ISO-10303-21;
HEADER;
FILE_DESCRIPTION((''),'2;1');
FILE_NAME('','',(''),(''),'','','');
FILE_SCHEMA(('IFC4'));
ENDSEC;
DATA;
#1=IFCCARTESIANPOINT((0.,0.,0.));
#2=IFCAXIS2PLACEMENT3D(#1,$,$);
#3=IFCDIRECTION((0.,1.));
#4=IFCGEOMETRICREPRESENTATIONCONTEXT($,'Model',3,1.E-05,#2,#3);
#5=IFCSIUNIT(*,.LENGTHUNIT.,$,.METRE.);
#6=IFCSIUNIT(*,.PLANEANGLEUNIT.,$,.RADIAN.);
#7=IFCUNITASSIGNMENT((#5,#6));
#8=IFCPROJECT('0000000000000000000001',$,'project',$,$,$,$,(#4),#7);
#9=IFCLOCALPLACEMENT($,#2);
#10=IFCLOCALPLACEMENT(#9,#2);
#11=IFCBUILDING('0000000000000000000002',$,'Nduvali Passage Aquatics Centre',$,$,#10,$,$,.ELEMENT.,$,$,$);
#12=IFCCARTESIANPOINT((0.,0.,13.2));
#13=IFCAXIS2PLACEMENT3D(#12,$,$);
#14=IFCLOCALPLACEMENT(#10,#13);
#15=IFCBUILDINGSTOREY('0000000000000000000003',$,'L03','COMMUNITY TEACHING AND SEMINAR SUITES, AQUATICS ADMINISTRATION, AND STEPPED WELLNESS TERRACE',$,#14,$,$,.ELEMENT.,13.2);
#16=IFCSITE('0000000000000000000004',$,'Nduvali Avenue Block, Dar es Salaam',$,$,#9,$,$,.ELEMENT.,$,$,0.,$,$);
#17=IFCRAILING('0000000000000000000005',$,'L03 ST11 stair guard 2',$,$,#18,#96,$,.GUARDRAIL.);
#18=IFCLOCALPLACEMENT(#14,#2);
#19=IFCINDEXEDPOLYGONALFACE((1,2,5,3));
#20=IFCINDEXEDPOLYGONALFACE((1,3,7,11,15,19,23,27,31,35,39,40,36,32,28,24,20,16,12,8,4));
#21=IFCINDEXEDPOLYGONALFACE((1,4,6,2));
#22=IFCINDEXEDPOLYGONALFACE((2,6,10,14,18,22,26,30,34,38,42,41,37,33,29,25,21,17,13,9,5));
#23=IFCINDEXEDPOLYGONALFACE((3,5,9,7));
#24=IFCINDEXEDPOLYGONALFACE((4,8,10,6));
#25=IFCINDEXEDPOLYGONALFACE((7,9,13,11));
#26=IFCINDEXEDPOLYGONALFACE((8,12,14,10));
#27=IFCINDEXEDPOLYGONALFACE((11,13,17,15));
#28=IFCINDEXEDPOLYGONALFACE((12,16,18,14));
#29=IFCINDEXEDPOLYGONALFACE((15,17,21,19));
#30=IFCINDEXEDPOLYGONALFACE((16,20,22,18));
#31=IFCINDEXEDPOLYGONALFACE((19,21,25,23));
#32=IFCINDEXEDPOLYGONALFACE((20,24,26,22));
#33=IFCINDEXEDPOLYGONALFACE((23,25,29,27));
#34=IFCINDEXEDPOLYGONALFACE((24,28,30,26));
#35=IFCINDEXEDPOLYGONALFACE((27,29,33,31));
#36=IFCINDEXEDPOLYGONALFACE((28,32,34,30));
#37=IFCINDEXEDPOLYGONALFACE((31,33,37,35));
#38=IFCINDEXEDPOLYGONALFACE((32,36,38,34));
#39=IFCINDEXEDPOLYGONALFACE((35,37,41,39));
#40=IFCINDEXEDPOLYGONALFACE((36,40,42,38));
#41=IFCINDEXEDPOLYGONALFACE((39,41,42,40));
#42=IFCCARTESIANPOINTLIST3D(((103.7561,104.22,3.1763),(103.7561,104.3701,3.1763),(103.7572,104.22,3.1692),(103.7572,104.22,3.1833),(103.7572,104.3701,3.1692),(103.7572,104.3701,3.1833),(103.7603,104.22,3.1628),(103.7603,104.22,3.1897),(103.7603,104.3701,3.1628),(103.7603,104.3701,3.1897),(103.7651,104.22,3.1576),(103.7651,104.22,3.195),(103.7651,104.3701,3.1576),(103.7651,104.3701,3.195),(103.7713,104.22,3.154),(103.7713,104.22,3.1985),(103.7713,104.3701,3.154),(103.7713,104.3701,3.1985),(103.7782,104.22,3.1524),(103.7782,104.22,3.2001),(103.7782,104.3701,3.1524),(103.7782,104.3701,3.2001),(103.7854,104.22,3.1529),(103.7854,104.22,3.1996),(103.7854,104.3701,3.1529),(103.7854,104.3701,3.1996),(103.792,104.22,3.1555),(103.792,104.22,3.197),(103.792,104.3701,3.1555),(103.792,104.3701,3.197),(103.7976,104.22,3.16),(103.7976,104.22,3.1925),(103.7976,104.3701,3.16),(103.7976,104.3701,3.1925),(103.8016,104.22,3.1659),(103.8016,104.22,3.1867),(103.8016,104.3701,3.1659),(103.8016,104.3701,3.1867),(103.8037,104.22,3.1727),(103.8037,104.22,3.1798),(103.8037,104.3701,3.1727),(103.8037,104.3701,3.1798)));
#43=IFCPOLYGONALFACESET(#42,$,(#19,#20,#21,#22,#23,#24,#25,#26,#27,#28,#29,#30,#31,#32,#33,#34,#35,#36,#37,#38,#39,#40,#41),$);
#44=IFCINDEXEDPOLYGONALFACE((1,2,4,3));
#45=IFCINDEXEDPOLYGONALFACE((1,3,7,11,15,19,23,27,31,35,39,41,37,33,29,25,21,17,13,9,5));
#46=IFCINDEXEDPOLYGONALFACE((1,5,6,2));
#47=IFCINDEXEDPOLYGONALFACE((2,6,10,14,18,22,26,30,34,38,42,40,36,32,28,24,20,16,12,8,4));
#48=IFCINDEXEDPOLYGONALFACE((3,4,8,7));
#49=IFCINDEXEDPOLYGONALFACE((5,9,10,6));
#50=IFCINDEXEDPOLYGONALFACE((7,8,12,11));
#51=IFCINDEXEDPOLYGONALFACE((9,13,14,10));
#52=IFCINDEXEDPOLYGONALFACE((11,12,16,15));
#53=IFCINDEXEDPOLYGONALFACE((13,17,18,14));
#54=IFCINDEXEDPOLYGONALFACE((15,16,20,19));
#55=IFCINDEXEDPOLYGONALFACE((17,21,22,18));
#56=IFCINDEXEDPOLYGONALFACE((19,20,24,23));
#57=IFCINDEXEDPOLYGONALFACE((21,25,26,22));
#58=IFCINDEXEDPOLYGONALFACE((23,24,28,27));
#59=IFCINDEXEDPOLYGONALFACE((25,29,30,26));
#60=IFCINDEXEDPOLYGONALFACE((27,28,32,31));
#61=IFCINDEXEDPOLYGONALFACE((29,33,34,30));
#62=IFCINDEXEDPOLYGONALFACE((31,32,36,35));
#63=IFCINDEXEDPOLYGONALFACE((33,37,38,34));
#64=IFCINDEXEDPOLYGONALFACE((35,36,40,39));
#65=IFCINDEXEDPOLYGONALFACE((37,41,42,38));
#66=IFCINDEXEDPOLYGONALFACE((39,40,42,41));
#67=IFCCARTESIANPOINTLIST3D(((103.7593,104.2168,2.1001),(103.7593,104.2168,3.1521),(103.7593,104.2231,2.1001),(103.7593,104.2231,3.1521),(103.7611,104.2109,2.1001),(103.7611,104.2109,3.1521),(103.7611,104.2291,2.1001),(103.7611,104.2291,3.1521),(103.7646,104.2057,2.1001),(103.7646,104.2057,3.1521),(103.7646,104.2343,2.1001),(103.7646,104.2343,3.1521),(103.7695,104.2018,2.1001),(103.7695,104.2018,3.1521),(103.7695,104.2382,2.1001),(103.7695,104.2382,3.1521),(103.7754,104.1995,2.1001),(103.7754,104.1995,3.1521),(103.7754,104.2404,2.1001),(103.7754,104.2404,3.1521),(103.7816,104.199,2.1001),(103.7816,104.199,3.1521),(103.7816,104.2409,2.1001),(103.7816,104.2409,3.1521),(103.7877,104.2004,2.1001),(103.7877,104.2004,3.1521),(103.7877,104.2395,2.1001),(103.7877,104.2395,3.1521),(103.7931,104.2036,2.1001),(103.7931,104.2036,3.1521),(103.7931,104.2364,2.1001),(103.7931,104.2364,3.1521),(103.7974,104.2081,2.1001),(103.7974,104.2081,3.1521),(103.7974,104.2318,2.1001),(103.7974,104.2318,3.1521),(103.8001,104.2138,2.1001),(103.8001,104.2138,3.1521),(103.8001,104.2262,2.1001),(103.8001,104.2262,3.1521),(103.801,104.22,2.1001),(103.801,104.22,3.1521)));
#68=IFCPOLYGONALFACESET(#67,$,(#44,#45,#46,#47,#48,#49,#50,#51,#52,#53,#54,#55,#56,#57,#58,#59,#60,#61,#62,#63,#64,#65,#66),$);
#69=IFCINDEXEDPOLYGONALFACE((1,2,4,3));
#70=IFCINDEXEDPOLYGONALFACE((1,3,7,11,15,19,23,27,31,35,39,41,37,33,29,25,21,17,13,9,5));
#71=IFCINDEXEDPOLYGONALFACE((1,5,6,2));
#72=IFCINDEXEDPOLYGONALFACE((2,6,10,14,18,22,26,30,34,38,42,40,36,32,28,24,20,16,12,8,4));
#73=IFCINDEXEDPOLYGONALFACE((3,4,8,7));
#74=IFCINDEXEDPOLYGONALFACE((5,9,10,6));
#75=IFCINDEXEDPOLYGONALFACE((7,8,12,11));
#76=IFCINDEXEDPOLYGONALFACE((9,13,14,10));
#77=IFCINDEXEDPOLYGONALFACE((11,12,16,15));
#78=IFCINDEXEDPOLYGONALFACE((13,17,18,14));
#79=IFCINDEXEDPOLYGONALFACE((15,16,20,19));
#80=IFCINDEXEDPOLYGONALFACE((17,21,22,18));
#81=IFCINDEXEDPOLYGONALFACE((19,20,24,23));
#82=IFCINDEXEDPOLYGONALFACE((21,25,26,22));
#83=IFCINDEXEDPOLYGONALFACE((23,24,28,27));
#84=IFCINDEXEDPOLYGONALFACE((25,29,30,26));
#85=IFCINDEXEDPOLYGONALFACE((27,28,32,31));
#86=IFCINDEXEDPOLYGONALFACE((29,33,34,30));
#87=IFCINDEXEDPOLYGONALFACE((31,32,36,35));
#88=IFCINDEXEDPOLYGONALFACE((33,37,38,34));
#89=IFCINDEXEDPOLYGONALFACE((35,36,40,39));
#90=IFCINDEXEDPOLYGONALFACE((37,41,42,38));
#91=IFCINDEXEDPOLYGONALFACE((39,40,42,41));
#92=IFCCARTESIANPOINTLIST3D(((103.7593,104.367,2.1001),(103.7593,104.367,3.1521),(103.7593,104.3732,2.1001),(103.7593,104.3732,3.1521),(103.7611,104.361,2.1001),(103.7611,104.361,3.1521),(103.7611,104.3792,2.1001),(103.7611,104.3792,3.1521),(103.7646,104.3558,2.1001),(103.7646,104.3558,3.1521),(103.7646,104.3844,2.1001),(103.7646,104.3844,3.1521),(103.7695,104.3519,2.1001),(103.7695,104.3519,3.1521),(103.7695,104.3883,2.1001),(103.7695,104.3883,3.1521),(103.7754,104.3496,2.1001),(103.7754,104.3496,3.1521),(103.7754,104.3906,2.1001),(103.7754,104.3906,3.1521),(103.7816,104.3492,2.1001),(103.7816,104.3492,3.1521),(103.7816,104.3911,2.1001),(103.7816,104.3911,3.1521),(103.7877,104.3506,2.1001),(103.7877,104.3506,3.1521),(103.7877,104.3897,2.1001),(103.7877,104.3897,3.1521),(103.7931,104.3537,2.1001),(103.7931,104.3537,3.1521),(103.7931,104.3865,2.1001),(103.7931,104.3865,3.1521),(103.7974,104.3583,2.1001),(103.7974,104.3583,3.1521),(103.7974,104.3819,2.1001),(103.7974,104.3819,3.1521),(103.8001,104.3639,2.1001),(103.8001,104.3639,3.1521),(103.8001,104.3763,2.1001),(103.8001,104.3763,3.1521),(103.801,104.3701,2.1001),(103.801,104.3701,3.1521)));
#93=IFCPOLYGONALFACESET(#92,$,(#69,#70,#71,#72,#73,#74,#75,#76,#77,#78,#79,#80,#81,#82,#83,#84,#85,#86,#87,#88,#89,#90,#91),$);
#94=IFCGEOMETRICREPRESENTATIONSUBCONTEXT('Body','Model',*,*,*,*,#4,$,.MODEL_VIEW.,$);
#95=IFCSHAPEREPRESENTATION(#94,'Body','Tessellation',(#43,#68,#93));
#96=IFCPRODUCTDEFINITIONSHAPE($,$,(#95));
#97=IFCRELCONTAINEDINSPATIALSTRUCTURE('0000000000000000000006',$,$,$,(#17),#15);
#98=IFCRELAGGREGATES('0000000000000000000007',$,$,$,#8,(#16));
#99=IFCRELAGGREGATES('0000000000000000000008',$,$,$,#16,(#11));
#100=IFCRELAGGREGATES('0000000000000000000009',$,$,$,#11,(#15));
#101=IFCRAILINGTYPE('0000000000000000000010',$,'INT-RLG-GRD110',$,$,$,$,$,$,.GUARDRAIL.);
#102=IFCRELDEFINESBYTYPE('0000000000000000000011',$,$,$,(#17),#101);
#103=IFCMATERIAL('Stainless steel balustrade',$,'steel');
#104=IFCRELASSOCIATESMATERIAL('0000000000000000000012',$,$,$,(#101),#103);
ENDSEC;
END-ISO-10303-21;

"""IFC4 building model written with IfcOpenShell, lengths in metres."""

from ifc_helpers import new_model, si_unit, direction, frame, origin, origin_2d, place, context, subcontext, project, spatial, circle, extrude, material, type_object, element, save


model = new_model("IFC4")

# Units and contexts
model_context = context("Model", 3, precision=1e-05, world=origin(), true_north=direction((0.0, 1.0)))
body_context = subcontext(model_context, "Body", "Model", "MODEL_VIEW")
ifc_project = project(units=[si_unit("LENGTHUNIT", "METRE"), si_unit("PLANEANGLEUNIT", "RADIAN")], contexts=[model_context])

# Site, building, storey
site_placement = place(None, origin())
site = spatial("IfcSite", under=ifc_project, at=site_placement, Name="Nduvali Avenue Block, Dar es Salaam", CompositionType="ELEMENT", RefElevation=0.0)
building_placement = place(site_placement, origin())
building = spatial("IfcBuilding", under=site, at=building_placement, Name="Nduvali Passage Aquatics Centre", CompositionType="ELEMENT")
storey_placement = place(building_placement, frame((0.0, 0.0, 13.2)))
storey = spatial("IfcBuildingStorey", under=building, at=storey_placement, Name="L03", Description="COMMUNITY TEACHING AND SEMINAR SUITES, AQUATICS ADMINISTRATION, AND STEPPED WELLNESS TERRACE", CompositionType="ELEMENT", Elevation=13.2)

# Railing
ifc_material_1 = material(Name="Stainless steel balustrade", Category="steel")
railing_type_1 = type_object("IfcRailingType", Name="INT-RLG-GRD110", PredefinedType="GUARDRAIL", material=ifc_material_1)
railing_1_placement = place(storey_placement, frame((103.78, 104.22, 2.1001)))
element("IfcRailing", 1, at=railing_1_placement, inside=storey, type_object=railing_type_1, Name="L03 ST11 stair guard 2", PredefinedType="GUARDRAIL", context=body_context, shape_type="SweptSolid", body=[
    extrude(circle(Radius=0.0239, at=origin_2d()), frame((0.0, 0.0, 1.0762), z_axis=(0.0, 1.0, 0.0), x_axis=(-1.0, 0.0, 0.0)), (0.0, 0.0, 1.0), 0.1501),
    extrude(circle(Radius=0.021, at=origin_2d()), origin(), (0.0, 0.0, 1.0), 1.052),
    extrude(circle(Radius=0.021, at=origin_2d()), frame((0.0, 0.1501, 0.0)), (0.0, 0.0, 1.0), 1.052),
])

save(model, "model.ifc")
